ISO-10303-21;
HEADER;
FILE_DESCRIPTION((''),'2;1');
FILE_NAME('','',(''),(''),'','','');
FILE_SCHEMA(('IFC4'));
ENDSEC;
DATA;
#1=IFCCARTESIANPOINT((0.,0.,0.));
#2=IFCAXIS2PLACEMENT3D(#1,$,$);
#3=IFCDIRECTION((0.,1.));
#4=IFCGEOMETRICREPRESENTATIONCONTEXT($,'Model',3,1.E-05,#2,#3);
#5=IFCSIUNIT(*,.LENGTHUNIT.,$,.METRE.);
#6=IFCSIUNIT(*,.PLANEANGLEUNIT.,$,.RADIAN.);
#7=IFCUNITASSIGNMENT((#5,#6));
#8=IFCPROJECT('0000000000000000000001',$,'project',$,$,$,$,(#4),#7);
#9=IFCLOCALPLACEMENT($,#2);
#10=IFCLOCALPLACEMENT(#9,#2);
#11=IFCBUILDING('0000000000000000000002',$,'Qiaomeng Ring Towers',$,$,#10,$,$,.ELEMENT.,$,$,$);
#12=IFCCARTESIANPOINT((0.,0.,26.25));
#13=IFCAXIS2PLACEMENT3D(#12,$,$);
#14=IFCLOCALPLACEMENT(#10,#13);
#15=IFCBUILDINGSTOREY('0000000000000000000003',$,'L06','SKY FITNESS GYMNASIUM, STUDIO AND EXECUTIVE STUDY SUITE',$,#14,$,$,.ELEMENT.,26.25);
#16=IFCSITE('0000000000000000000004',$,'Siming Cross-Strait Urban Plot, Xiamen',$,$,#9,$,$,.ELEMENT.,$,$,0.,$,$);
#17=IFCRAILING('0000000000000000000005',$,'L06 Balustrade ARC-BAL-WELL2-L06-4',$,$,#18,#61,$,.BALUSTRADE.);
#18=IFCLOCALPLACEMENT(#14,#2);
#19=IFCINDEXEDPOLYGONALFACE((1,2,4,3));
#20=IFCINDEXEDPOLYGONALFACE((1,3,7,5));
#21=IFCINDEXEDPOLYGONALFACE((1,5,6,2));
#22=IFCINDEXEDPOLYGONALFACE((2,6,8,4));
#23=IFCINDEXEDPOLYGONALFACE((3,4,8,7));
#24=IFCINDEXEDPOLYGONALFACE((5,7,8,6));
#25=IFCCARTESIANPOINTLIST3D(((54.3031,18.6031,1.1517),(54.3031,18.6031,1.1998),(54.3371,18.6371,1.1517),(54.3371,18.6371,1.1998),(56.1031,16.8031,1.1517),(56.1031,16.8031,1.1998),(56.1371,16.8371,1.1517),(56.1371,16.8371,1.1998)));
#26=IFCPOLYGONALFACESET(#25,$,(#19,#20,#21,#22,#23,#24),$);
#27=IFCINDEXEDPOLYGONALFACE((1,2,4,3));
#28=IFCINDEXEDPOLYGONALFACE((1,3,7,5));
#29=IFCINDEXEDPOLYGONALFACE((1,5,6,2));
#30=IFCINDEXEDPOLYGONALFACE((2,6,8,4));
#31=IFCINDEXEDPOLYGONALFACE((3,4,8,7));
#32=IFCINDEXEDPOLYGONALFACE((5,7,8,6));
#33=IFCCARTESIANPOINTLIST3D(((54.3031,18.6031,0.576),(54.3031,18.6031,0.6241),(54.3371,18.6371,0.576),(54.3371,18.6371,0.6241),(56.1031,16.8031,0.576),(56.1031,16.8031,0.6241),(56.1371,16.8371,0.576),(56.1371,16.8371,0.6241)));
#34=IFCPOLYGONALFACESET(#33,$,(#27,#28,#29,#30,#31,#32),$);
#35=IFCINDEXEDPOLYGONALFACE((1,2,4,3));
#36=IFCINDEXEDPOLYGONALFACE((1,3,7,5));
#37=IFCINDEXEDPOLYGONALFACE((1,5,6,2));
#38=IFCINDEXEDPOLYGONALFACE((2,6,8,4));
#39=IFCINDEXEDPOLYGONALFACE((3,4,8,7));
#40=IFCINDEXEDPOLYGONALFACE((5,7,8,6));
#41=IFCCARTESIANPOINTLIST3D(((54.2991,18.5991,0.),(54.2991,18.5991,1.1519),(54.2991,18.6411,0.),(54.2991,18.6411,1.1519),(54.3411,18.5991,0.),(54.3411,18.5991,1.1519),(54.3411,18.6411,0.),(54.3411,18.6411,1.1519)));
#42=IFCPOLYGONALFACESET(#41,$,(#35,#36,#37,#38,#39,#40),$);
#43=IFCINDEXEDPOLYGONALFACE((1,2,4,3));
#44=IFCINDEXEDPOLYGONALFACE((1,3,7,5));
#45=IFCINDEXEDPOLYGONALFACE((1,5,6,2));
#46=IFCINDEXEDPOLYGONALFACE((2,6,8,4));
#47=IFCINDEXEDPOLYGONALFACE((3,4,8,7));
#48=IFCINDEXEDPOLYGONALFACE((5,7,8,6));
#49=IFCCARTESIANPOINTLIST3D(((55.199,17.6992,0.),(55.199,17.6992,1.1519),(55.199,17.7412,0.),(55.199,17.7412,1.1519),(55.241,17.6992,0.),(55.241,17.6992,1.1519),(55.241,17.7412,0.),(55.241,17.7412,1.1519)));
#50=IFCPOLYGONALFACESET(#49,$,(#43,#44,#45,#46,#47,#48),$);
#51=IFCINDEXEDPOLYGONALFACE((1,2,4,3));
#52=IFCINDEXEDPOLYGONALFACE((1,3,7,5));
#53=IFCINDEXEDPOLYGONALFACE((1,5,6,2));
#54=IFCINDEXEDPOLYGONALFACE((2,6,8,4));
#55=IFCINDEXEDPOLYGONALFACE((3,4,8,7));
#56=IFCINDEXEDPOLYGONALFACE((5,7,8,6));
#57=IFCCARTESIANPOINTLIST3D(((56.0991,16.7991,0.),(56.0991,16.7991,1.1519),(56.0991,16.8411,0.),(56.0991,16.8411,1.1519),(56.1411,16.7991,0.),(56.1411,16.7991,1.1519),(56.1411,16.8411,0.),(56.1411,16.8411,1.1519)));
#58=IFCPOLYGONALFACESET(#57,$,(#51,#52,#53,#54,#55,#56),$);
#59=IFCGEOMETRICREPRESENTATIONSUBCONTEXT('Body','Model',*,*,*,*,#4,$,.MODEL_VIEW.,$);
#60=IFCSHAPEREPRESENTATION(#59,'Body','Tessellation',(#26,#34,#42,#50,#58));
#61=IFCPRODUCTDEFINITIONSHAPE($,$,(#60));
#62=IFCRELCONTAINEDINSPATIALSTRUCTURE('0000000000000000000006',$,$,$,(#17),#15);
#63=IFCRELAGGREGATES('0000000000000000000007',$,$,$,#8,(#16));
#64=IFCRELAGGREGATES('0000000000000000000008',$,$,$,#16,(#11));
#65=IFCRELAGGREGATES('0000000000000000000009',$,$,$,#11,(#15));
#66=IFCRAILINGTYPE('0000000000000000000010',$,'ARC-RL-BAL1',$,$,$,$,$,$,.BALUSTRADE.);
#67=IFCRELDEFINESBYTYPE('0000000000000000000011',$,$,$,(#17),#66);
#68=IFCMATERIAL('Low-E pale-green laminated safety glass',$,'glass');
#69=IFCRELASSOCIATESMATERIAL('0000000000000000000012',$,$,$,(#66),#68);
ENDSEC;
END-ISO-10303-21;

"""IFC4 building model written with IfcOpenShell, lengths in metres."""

from ifc_helpers import new_model, si_unit, direction, frame, origin, origin_2d, place, context, subcontext, project, spatial, rectangle, extrude, material, type_object, element, save


model = new_model("IFC4")

# Units and contexts
model_context = context("Model", 3, precision=1e-05, world=origin(), true_north=direction((0.0, 1.0)))
body_context = subcontext(model_context, "Body", "Model", "MODEL_VIEW")
ifc_project = project(units=[si_unit("LENGTHUNIT", "METRE"), si_unit("PLANEANGLEUNIT", "RADIAN")], contexts=[model_context])

# Site, building, storey
site_placement = place(None, origin())
site = spatial("IfcSite", under=ifc_project, at=site_placement, Name="Siming Cross-Strait Urban Plot, Xiamen", CompositionType="ELEMENT", RefElevation=0.0)
building_placement = place(site_placement, origin())
building = spatial("IfcBuilding", under=site, at=building_placement, Name="Qiaomeng Ring Towers", CompositionType="ELEMENT")
storey_placement = place(building_placement, frame((0.0, 0.0, 26.25)))
storey = spatial("IfcBuildingStorey", under=building, at=storey_placement, Name="L06", Description="SKY FITNESS GYMNASIUM, STUDIO AND EXECUTIVE STUDY SUITE", CompositionType="ELEMENT", Elevation=26.25)

# Railing
ifc_material_1 = material(Name="Low-E pale-green laminated safety glass", Category="glass")
railing_type = type_object("IfcRailingType", Name="ARC-RL-BAL1", PredefinedType="BALUSTRADE", material=ifc_material_1)
railing_placement = place(storey_placement, frame((54.3201, 18.6201, 0.0)))
element("IfcRailing", 1, at=railing_placement, inside=storey, type_object=railing_type, Name="L06 Balustrade ARC-BAL-WELL2-L06-4", PredefinedType="BALUSTRADE", context=body_context, shape_type="SweptSolid", body=[
    extrude(rectangle(XDim=0.0481, YDim=0.0481, at=origin_2d()), frame((0.0, 0.0, 1.1758), z_axis=(0.707107, -0.707107, 0.0), x_axis=(0.707107, 0.707107, 0.0)), (0.0, 0.0, 1.0), 2.5457),
    extrude(rectangle(XDim=0.0481, YDim=0.0481, at=origin_2d()), frame((0.0, 0.0, 0.6001), z_axis=(0.707107, -0.707107, 0.0), x_axis=(0.707107, 0.707107, 0.0)), (0.0, 0.0, 1.0), 2.5457),
    extrude(rectangle(XDim=0.042, YDim=0.042, at=origin_2d()), origin(), (0.0, 0.0, 1.0), 1.1519),
    extrude(rectangle(XDim=0.042, YDim=0.042, at=origin_2d()), frame((0.8999, -0.8999, 0.0)), (0.0, 0.0, 1.0), 1.1519),
    extrude(rectangle(XDim=0.042, YDim=0.042, at=origin_2d()), frame((1.8, -1.8, 0.0)), (0.0, 0.0, 1.0), 1.1519),
])

save(model, "model.ifc")
